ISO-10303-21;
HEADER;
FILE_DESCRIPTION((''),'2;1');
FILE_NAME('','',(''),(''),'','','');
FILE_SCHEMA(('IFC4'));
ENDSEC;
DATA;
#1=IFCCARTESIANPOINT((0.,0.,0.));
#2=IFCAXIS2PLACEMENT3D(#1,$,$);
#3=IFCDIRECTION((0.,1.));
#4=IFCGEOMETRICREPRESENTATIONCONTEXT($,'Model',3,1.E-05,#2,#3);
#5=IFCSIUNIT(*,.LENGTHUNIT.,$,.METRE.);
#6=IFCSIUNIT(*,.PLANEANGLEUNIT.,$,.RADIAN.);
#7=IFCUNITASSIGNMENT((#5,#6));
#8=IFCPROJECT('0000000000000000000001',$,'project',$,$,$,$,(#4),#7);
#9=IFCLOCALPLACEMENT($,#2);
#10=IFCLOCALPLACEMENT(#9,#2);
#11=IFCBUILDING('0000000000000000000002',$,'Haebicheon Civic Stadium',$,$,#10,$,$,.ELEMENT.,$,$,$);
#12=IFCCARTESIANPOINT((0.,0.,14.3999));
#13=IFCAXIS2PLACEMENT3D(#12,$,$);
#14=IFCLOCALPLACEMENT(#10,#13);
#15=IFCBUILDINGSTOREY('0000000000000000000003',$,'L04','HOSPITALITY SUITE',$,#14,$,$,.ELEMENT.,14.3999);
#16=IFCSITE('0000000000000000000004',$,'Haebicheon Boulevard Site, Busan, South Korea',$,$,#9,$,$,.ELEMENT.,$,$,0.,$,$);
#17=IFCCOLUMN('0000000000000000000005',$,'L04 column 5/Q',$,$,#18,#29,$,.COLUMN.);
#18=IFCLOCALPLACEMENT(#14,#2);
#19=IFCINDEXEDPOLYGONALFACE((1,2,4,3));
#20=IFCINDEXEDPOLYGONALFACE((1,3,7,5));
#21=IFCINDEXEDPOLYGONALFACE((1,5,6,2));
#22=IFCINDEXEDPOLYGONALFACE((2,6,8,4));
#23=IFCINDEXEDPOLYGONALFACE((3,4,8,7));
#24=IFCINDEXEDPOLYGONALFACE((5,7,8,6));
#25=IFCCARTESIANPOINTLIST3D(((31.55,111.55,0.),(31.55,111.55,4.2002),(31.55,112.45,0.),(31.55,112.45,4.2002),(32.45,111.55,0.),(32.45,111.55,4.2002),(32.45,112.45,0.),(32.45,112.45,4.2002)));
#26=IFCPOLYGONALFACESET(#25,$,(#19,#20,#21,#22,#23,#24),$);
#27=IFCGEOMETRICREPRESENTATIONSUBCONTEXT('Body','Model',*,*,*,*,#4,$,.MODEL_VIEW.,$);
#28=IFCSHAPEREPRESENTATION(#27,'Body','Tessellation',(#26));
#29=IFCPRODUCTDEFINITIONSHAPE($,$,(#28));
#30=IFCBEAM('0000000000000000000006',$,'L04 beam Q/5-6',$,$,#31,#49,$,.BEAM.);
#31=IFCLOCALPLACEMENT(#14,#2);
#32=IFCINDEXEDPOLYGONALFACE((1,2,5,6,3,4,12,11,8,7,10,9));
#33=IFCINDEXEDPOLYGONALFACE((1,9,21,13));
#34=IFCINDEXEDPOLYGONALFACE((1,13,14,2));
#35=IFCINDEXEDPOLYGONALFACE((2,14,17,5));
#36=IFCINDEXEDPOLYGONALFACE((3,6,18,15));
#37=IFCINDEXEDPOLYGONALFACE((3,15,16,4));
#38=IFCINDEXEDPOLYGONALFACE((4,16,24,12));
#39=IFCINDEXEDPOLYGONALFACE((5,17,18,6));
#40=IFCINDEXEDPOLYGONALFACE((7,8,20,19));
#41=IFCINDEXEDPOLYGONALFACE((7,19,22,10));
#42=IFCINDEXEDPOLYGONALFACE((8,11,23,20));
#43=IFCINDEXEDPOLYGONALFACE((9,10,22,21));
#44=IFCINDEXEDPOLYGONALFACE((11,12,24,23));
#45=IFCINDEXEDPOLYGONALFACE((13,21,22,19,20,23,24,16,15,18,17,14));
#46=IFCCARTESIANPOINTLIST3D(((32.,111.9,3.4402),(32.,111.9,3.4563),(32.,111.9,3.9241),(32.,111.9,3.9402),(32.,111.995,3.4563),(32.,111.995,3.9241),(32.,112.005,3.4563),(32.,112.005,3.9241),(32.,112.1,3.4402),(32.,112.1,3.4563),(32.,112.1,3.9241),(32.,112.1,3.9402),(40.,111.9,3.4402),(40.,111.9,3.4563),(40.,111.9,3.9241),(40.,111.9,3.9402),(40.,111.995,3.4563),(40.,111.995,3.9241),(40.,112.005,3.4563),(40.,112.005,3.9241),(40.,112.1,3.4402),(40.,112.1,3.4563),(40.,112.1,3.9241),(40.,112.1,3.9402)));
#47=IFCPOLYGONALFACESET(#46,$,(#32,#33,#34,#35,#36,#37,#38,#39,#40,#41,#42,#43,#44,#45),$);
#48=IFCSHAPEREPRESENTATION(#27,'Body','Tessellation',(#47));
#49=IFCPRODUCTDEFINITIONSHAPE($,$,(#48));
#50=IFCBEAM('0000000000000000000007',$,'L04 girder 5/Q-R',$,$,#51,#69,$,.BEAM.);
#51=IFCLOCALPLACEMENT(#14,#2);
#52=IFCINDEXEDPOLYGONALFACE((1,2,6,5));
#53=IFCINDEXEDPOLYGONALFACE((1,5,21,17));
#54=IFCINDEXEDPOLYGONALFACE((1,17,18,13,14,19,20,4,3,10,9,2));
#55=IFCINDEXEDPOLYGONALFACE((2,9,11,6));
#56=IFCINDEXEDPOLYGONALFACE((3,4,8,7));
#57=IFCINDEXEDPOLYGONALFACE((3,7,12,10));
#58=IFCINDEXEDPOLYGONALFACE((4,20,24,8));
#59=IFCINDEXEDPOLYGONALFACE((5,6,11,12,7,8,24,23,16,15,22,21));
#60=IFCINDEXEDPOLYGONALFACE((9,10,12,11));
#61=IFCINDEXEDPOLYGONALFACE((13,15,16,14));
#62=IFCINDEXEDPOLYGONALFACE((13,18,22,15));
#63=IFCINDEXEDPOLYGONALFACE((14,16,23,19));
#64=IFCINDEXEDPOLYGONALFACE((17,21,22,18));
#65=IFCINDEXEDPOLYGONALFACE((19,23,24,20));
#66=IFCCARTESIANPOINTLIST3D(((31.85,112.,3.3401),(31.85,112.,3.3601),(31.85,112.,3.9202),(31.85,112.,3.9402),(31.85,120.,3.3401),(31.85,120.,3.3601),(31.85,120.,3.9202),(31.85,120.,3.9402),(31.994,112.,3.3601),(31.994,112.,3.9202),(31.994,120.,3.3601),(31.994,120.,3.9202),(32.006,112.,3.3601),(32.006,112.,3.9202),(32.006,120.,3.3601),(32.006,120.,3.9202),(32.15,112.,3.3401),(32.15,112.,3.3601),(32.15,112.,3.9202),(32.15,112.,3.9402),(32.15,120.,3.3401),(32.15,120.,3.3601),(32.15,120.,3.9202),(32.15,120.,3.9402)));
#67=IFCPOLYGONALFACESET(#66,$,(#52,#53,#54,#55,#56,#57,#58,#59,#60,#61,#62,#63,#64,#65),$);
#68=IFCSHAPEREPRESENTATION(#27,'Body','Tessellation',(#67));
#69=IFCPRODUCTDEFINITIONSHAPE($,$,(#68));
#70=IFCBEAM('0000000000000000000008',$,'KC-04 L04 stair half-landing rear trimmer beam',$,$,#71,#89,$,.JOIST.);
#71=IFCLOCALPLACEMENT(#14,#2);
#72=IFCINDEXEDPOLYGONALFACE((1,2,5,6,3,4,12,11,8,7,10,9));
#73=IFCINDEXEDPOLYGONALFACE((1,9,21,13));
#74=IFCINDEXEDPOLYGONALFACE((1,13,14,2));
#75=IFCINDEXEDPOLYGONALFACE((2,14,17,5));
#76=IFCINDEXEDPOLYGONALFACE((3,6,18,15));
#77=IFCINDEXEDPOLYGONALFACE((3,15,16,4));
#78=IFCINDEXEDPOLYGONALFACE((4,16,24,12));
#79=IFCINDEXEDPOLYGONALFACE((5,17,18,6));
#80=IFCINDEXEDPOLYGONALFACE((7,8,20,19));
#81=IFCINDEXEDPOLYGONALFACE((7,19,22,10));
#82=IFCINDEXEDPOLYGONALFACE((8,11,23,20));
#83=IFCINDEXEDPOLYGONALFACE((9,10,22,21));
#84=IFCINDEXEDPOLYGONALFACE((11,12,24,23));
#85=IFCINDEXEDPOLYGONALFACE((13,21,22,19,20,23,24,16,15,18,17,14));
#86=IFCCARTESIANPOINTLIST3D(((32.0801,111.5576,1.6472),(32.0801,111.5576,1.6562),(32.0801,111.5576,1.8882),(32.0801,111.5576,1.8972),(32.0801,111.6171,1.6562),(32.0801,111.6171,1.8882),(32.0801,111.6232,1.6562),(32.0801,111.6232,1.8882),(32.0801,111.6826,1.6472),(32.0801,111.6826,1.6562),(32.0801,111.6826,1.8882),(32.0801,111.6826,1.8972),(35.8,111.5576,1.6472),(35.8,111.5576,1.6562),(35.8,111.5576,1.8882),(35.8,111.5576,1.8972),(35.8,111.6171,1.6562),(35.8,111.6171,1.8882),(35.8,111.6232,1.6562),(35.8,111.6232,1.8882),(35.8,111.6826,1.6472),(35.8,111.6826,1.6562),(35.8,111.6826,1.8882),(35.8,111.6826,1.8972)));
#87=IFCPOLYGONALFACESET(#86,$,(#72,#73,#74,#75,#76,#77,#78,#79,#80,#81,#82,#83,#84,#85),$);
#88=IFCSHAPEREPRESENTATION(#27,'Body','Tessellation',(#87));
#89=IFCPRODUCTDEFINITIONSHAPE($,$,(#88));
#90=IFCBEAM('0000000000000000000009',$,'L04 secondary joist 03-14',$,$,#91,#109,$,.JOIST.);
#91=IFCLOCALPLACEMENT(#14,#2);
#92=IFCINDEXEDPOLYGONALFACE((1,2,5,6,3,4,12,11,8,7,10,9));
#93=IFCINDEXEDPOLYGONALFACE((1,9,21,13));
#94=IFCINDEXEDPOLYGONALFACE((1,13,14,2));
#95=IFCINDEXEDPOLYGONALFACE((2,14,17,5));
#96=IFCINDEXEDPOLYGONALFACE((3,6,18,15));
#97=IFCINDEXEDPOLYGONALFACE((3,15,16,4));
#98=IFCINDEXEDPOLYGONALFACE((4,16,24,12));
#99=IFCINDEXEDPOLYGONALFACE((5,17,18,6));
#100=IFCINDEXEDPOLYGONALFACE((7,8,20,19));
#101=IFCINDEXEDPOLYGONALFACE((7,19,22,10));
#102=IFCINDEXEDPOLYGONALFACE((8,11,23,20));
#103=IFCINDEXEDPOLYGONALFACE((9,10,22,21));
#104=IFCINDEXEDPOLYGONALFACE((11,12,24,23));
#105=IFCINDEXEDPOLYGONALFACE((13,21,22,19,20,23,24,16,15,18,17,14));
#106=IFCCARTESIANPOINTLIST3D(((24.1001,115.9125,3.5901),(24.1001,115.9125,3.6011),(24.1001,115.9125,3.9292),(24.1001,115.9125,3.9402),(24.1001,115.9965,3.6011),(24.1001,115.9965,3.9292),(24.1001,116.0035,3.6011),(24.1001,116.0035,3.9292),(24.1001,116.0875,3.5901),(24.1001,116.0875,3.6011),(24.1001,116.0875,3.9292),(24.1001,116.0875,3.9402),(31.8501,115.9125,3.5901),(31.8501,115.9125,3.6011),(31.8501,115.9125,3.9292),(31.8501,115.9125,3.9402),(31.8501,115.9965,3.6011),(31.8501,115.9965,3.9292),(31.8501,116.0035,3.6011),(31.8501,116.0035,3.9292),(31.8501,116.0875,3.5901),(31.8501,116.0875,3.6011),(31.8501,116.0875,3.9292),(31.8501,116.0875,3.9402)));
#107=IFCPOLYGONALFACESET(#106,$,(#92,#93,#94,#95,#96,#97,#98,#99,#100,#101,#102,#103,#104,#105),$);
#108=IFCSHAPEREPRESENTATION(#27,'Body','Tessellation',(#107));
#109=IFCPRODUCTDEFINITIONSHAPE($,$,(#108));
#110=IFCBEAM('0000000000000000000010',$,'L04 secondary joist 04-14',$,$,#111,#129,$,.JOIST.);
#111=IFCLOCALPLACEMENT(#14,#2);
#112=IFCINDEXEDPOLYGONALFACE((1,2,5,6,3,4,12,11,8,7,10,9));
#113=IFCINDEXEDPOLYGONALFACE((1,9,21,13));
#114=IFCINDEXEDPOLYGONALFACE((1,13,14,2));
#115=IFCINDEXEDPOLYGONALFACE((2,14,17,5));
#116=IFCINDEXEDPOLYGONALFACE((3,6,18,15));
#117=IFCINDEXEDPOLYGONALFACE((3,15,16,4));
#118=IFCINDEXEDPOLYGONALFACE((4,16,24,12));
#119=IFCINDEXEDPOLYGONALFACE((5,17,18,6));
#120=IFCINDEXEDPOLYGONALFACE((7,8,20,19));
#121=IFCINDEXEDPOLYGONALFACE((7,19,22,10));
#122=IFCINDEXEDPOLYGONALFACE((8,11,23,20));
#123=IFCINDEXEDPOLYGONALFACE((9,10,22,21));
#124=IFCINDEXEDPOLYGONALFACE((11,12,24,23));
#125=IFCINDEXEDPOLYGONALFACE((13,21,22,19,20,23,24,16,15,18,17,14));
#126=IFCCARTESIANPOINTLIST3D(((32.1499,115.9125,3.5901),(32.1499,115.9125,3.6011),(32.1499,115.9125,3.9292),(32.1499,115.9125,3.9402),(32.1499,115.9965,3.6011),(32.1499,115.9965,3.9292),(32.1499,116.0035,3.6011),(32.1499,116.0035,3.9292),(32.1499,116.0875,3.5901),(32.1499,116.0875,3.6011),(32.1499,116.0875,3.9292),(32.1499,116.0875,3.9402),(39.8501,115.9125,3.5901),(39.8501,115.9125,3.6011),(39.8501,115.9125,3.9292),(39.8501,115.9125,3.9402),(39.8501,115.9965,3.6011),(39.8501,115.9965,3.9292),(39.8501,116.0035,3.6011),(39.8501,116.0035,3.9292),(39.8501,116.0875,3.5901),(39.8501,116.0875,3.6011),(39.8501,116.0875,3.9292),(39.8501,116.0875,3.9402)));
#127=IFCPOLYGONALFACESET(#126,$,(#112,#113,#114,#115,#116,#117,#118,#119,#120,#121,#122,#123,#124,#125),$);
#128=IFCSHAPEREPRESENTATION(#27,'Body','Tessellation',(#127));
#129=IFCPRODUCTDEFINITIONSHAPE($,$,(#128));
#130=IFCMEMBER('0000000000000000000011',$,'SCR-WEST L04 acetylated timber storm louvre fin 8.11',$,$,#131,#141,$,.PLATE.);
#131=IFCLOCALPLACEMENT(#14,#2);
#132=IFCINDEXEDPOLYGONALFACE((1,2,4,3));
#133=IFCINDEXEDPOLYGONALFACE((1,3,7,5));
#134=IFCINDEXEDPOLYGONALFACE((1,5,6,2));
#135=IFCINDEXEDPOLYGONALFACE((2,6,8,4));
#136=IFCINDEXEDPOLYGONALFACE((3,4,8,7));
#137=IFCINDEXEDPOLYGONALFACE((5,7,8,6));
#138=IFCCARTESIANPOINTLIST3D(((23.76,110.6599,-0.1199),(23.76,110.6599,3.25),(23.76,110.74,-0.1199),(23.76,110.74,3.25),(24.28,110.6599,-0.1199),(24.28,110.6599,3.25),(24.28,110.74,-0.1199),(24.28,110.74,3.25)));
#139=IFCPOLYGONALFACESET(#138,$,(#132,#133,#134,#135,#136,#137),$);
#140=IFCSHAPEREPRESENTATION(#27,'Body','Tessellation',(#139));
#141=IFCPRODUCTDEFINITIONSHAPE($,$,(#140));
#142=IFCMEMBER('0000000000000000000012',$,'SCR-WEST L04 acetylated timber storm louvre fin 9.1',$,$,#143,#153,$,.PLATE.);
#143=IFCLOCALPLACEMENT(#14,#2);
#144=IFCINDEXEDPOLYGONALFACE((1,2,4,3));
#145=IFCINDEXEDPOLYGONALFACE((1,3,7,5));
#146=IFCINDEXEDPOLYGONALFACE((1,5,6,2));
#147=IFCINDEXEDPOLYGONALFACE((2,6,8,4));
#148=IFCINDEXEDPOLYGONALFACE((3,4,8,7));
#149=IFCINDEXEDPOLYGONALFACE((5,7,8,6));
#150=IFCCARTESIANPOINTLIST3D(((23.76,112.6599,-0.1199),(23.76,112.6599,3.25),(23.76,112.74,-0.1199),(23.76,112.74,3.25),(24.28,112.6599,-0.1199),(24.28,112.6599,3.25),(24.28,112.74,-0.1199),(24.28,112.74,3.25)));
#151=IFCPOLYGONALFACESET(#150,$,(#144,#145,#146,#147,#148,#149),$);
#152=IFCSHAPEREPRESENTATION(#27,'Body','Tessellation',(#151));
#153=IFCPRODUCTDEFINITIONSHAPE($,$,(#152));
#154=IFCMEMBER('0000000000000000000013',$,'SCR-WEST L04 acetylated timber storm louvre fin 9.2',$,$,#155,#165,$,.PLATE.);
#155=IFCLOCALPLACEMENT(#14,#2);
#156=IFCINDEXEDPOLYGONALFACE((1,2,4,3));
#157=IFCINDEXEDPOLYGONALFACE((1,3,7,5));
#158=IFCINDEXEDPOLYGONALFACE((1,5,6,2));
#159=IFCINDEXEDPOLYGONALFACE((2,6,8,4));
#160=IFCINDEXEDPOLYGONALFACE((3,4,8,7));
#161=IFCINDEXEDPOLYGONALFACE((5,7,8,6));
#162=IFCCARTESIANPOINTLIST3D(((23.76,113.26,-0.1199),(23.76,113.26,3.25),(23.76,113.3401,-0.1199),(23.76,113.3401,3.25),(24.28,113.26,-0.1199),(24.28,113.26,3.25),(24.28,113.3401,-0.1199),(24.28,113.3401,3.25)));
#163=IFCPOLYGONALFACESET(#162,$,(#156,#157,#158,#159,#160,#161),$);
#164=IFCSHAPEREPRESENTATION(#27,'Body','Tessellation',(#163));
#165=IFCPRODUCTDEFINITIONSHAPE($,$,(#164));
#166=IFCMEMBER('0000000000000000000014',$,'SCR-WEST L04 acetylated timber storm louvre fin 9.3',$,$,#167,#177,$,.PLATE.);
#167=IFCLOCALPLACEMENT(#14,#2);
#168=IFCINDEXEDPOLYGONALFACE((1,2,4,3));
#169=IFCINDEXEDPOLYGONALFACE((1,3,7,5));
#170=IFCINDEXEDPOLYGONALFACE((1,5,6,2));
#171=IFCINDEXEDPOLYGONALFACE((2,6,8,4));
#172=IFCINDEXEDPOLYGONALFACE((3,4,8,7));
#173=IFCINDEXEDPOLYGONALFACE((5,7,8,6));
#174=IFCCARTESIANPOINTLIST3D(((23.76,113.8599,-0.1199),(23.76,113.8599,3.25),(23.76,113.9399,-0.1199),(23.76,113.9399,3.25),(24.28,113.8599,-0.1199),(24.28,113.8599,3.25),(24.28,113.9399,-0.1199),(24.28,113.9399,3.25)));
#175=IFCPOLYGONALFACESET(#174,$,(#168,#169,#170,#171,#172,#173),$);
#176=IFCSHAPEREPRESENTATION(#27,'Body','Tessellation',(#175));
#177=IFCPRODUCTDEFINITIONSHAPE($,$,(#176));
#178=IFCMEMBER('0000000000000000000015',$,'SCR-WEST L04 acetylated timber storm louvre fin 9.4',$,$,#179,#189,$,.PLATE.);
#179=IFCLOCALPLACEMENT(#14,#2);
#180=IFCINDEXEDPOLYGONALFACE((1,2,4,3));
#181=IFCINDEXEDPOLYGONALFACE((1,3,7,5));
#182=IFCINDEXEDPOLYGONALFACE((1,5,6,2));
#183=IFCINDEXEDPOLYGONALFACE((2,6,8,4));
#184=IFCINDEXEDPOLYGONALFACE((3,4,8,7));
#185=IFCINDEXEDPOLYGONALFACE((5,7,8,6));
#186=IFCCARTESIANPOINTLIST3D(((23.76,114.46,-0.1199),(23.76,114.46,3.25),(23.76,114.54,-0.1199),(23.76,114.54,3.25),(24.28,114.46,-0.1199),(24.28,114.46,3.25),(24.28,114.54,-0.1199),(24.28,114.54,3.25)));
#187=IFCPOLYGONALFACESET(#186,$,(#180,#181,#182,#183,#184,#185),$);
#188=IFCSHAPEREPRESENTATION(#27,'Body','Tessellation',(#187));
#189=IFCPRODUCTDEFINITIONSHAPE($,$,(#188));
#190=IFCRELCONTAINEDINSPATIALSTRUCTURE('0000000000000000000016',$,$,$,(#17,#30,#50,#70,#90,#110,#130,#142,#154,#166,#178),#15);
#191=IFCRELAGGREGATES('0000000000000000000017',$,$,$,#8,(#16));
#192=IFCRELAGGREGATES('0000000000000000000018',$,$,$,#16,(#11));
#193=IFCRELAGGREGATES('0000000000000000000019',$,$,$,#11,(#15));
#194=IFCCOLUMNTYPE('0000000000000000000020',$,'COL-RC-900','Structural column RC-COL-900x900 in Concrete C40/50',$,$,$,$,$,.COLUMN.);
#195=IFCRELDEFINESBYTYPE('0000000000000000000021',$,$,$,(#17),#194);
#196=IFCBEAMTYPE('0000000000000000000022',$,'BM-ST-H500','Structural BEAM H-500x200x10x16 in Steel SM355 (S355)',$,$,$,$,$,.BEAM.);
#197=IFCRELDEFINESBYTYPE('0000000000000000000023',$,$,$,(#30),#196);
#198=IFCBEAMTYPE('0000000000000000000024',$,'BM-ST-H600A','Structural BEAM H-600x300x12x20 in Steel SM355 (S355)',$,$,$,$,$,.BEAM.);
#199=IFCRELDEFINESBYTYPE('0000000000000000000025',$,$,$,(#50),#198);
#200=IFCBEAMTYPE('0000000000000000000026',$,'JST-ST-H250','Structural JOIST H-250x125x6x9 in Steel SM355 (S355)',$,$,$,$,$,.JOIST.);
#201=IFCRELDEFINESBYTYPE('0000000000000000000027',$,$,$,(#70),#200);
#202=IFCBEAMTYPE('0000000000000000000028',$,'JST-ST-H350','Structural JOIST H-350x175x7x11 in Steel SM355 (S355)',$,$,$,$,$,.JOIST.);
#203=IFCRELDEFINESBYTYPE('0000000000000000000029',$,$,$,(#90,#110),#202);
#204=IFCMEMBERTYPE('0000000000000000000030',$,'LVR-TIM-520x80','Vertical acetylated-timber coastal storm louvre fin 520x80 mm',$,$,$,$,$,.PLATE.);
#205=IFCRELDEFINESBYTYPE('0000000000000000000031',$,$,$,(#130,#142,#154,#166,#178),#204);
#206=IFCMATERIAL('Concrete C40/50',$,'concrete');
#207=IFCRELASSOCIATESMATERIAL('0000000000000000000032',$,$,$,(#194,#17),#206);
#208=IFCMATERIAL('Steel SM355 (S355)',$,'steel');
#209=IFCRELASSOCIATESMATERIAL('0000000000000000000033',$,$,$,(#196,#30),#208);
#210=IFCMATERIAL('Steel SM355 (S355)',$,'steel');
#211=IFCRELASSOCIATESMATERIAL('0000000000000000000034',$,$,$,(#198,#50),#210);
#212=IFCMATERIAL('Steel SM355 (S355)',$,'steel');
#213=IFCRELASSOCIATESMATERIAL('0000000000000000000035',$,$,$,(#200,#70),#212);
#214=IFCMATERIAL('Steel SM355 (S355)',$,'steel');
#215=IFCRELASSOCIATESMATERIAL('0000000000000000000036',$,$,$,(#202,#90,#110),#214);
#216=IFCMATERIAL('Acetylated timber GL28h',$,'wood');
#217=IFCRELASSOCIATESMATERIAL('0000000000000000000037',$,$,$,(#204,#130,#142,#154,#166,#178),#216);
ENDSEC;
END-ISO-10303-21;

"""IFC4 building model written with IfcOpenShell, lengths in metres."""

from ifc_helpers import new_model, si_unit, direction, frame, origin, origin_2d, place, context, subcontext, project, spatial, rectangle, i_section, extrude, material, material_profile, profile_set, type_object, element, save


model = new_model("IFC4")

# Units and contexts
model_context = context("Model", 3, precision=1e-05, world=origin(), true_north=direction((0.0, 1.0)))
body_context = subcontext(model_context, "Body", "Model", "MODEL_VIEW")
ifc_project = project(units=[si_unit("LENGTHUNIT", "METRE"), si_unit("PLANEANGLEUNIT", "RADIAN")], contexts=[model_context])

# Site, building, storey
site_placement = place(None, origin())
site = spatial("IfcSite", under=ifc_project, at=site_placement, Name="Haebicheon Boulevard Site, Busan, South Korea", CompositionType="ELEMENT", RefElevation=0.0)
building_placement = place(site_placement, origin())
building = spatial("IfcBuilding", under=site, at=building_placement, Name="Haebicheon Civic Stadium", CompositionType="ELEMENT")
storey_placement = place(building_placement, frame((0.0, 0.0, 14.3999)))
storey = spatial("IfcBuildingStorey", under=building, at=storey_placement, Name="L04", Description="HOSPITALITY SUITE", CompositionType="ELEMENT", Elevation=14.3999)

# Column
ifc_material_1 = material(Name="Concrete C40/50", Category="concrete")
ifc_material_profile_1 = material_profile(ifc_material_1, rectangle(XDim=0.8999, YDim=0.8999, at=origin_2d()), Name="RC-COL-900x900")
ifc_profile_set_1 = profile_set([ifc_material_profile_1], Name="Concrete C40/50")
column_type = type_object("IfcColumnType", Name="COL-RC-900", Description="Structural column RC-COL-900x900 in Concrete C40/50", PredefinedType="COLUMN", material=ifc_profile_set_1)
column_placement = place(storey_placement, frame((32.0, 112.0, 0.0), z_axis=(0.0, 0.0, 1.0), x_axis=(1.0, 0.0, 0.0)))
element("IfcColumn", 1, at=column_placement, inside=storey, type_object=column_type, material=ifc_profile_set_1, Name="L04 column 5/Q", PredefinedType="COLUMN", context=body_context, shape_type="SweptSolid", body=[
    extrude(rectangle(XDim=0.8999, YDim=0.8999, at=origin_2d()), origin(), (0.0, 0.0, 1.0), 4.2002),
])

# Beams
ifc_material_2 = material(Name="Steel SM355 (S355)", Category="steel")
ifc_material_profile_2 = material_profile(ifc_material_2, i_section(OverallWidth=0.2, OverallDepth=0.5, WebThickness=0.01, FlangeThickness=0.0161, at=origin_2d()), Name="H-500x200x10x16")
ifc_profile_set_2 = profile_set([ifc_material_profile_2], Name="Steel SM355 (S355)")
beam_type_1 = type_object("IfcBeamType", Name="BM-ST-H500", Description="Structural BEAM H-500x200x10x16 in Steel SM355 (S355)", PredefinedType="BEAM", material=ifc_profile_set_2)
beam_1_placement = place(storey_placement, frame((32.0, 112.0, 3.6902), z_axis=(1.0, 0.0, 0.0), x_axis=(0.0, 1.0, 0.0)))
element("IfcBeam", 2, at=beam_1_placement, inside=storey, type_object=beam_type_1, material=ifc_profile_set_2, Name="L04 beam Q/5-6", PredefinedType="BEAM", context=body_context, shape_type="SweptSolid", body=[
    extrude(i_section(OverallWidth=0.2, OverallDepth=0.5, WebThickness=0.01, FlangeThickness=0.0161, at=origin_2d()), origin(), (0.0, 0.0, 1.0), 8.0),
])
ifc_material_3 = material(Name="Steel SM355 (S355)", Category="steel")
ifc_material_profile_3 = material_profile(ifc_material_3, i_section(OverallWidth=0.3, OverallDepth=0.6001, WebThickness=0.012, FlangeThickness=0.02, at=origin_2d()), Name="H-600x300x12x20")
ifc_profile_set_3 = profile_set([ifc_material_profile_3], Name="Steel SM355 (S355)")
beam_type_2 = type_object("IfcBeamType", Name="BM-ST-H600A", Description="Structural BEAM H-600x300x12x20 in Steel SM355 (S355)", PredefinedType="BEAM", material=ifc_profile_set_3)
beam_2_placement = place(storey_placement, frame((32.0, 112.0, 3.6401), z_axis=(0.0, 1.0, 0.0), x_axis=(-1.0, 0.0, 0.0)))
element("IfcBeam", 3, at=beam_2_placement, inside=storey, type_object=beam_type_2, material=ifc_profile_set_3, Name="L04 girder 5/Q-R", PredefinedType="BEAM", context=body_context, shape_type="SweptSolid", body=[
    extrude(i_section(OverallWidth=0.3, OverallDepth=0.6001, WebThickness=0.012, FlangeThickness=0.02, at=origin_2d()), origin(), (0.0, 0.0, 1.0), 8.0),
])
ifc_material_4 = material(Name="Steel SM355 (S355)", Category="steel")
ifc_material_profile_4 = material_profile(ifc_material_4, i_section(OverallWidth=0.125, OverallDepth=0.25, WebThickness=0.0061, FlangeThickness=0.009, at=origin_2d()), Name="H-250x125x6x9")
ifc_profile_set_4 = profile_set([ifc_material_profile_4], Name="Steel SM355 (S355)")
beam_type_3 = type_object("IfcBeamType", Name="JST-ST-H250", Description="Structural JOIST H-250x125x6x9 in Steel SM355 (S355)", PredefinedType="JOIST", material=ifc_profile_set_4)
beam_3_placement = place(storey_placement, frame((32.0801, 111.6201, 1.7722), z_axis=(1.0, 0.0, 0.0), x_axis=(0.0, 1.0, 0.0)))
element("IfcBeam", 4, at=beam_3_placement, inside=storey, type_object=beam_type_3, material=ifc_profile_set_4, Name="KC-04 L04 stair half-landing rear trimmer beam", PredefinedType="JOIST", context=body_context, shape_type="SweptSolid", body=[
    extrude(i_section(OverallWidth=0.125, OverallDepth=0.25, WebThickness=0.0061, FlangeThickness=0.009, at=origin_2d()), origin(), (0.0, 0.0, 1.0), 3.72),
])
ifc_material_5 = material(Name="Steel SM355 (S355)", Category="steel")
ifc_material_profile_5 = material_profile(ifc_material_5, i_section(OverallWidth=0.175, OverallDepth=0.3501, WebThickness=0.0071, FlangeThickness=0.011, at=origin_2d()), Name="H-350x175x7x11")
ifc_profile_set_5 = profile_set([ifc_material_profile_5], Name="Steel SM355 (S355)")
beam_type_4 = type_object("IfcBeamType", Name="JST-ST-H350", Description="Structural JOIST H-350x175x7x11 in Steel SM355 (S355)", PredefinedType="JOIST", material=ifc_profile_set_5)
beam_4_placement = place(storey_placement, frame((24.1001, 116.0, 3.7651), z_axis=(1.0, 0.0, 0.0), x_axis=(0.0, 1.0, 0.0)))
element("IfcBeam", 5, at=beam_4_placement, inside=storey, type_object=beam_type_4, material=ifc_profile_set_5, Name="L04 secondary joist 03-14", PredefinedType="JOIST", context=body_context, shape_type="SweptSolid", body=[
    extrude(i_section(OverallWidth=0.175, OverallDepth=0.3501, WebThickness=0.0071, FlangeThickness=0.011, at=origin_2d()), origin(), (0.0, 0.0, 1.0), 7.75),
])
beam_5_placement = place(storey_placement, frame((32.1499, 116.0, 3.7651), z_axis=(1.0, 0.0, 0.0), x_axis=(0.0, 1.0, 0.0)))
element("IfcBeam", 6, at=beam_5_placement, inside=storey, type_object=beam_type_4, material=ifc_profile_set_5, Name="L04 secondary joist 04-14", PredefinedType="JOIST", context=body_context, shape_type="SweptSolid", body=[
    extrude(i_section(OverallWidth=0.175, OverallDepth=0.3501, WebThickness=0.0071, FlangeThickness=0.011, at=origin_2d()), origin(), (0.0, 0.0, 1.0), 7.7002),
])

# Members
ifc_material_6 = material(Name="Acetylated timber GL28h", Category="wood")
ifc_material_profile_6 = material_profile(ifc_material_6, rectangle(XDim=0.0801, YDim=0.52, at=origin_2d()), Name="TMB-LOUV-80x520")
ifc_profile_set_6 = profile_set([ifc_material_profile_6], Name="Acetylated timber GL28h")
member_type = type_object("IfcMemberType", Name="LVR-TIM-520x80", Description="Vertical acetylated-timber coastal storm louvre fin 520x80 mm", PredefinedType="PLATE", material=ifc_profile_set_6)
for number, where, z_axis, x_axis, name in (
    (7, (24.02, 110.7, -0.1199), (0.0, 0.0, 1.0), (0.0, 1.0, 0.0), "SCR-WEST L04 acetylated timber storm louvre fin 8.11"),
    (8, (24.02, 112.7, -0.1199), (0.0, 0.0, 1.0), (0.0, 1.0, 0.0), "SCR-WEST L04 acetylated timber storm louvre fin 9.1"),
    (9, (24.02, 113.3, -0.1199), (0.0, 0.0, 1.0), (0.0, 1.0, 0.0), "SCR-WEST L04 acetylated timber storm louvre fin 9.2"),
    (10, (24.02, 113.8999, -0.1199), (0.0, 0.0, 1.0), (0.0, 1.0, 0.0), "SCR-WEST L04 acetylated timber storm louvre fin 9.3"),
    (11, (24.02, 114.5, -0.1199), (0.0, 0.0, 1.0), (0.0, 1.0, 0.0), "SCR-WEST L04 acetylated timber storm louvre fin 9.4"),
):
    element("IfcMember", number, at=place(storey_placement, frame(where, z_axis=z_axis, x_axis=x_axis)), inside=storey, type_object=member_type, material=ifc_profile_set_6, Name=name, PredefinedType="PLATE", context=body_context, shape_type="SweptSolid", body=[
        extrude(rectangle(XDim=0.0801, YDim=0.52, at=origin_2d()), origin(), (0.0, 0.0, 1.0), 3.3699),
    ])

save(model, "model.ifc")
